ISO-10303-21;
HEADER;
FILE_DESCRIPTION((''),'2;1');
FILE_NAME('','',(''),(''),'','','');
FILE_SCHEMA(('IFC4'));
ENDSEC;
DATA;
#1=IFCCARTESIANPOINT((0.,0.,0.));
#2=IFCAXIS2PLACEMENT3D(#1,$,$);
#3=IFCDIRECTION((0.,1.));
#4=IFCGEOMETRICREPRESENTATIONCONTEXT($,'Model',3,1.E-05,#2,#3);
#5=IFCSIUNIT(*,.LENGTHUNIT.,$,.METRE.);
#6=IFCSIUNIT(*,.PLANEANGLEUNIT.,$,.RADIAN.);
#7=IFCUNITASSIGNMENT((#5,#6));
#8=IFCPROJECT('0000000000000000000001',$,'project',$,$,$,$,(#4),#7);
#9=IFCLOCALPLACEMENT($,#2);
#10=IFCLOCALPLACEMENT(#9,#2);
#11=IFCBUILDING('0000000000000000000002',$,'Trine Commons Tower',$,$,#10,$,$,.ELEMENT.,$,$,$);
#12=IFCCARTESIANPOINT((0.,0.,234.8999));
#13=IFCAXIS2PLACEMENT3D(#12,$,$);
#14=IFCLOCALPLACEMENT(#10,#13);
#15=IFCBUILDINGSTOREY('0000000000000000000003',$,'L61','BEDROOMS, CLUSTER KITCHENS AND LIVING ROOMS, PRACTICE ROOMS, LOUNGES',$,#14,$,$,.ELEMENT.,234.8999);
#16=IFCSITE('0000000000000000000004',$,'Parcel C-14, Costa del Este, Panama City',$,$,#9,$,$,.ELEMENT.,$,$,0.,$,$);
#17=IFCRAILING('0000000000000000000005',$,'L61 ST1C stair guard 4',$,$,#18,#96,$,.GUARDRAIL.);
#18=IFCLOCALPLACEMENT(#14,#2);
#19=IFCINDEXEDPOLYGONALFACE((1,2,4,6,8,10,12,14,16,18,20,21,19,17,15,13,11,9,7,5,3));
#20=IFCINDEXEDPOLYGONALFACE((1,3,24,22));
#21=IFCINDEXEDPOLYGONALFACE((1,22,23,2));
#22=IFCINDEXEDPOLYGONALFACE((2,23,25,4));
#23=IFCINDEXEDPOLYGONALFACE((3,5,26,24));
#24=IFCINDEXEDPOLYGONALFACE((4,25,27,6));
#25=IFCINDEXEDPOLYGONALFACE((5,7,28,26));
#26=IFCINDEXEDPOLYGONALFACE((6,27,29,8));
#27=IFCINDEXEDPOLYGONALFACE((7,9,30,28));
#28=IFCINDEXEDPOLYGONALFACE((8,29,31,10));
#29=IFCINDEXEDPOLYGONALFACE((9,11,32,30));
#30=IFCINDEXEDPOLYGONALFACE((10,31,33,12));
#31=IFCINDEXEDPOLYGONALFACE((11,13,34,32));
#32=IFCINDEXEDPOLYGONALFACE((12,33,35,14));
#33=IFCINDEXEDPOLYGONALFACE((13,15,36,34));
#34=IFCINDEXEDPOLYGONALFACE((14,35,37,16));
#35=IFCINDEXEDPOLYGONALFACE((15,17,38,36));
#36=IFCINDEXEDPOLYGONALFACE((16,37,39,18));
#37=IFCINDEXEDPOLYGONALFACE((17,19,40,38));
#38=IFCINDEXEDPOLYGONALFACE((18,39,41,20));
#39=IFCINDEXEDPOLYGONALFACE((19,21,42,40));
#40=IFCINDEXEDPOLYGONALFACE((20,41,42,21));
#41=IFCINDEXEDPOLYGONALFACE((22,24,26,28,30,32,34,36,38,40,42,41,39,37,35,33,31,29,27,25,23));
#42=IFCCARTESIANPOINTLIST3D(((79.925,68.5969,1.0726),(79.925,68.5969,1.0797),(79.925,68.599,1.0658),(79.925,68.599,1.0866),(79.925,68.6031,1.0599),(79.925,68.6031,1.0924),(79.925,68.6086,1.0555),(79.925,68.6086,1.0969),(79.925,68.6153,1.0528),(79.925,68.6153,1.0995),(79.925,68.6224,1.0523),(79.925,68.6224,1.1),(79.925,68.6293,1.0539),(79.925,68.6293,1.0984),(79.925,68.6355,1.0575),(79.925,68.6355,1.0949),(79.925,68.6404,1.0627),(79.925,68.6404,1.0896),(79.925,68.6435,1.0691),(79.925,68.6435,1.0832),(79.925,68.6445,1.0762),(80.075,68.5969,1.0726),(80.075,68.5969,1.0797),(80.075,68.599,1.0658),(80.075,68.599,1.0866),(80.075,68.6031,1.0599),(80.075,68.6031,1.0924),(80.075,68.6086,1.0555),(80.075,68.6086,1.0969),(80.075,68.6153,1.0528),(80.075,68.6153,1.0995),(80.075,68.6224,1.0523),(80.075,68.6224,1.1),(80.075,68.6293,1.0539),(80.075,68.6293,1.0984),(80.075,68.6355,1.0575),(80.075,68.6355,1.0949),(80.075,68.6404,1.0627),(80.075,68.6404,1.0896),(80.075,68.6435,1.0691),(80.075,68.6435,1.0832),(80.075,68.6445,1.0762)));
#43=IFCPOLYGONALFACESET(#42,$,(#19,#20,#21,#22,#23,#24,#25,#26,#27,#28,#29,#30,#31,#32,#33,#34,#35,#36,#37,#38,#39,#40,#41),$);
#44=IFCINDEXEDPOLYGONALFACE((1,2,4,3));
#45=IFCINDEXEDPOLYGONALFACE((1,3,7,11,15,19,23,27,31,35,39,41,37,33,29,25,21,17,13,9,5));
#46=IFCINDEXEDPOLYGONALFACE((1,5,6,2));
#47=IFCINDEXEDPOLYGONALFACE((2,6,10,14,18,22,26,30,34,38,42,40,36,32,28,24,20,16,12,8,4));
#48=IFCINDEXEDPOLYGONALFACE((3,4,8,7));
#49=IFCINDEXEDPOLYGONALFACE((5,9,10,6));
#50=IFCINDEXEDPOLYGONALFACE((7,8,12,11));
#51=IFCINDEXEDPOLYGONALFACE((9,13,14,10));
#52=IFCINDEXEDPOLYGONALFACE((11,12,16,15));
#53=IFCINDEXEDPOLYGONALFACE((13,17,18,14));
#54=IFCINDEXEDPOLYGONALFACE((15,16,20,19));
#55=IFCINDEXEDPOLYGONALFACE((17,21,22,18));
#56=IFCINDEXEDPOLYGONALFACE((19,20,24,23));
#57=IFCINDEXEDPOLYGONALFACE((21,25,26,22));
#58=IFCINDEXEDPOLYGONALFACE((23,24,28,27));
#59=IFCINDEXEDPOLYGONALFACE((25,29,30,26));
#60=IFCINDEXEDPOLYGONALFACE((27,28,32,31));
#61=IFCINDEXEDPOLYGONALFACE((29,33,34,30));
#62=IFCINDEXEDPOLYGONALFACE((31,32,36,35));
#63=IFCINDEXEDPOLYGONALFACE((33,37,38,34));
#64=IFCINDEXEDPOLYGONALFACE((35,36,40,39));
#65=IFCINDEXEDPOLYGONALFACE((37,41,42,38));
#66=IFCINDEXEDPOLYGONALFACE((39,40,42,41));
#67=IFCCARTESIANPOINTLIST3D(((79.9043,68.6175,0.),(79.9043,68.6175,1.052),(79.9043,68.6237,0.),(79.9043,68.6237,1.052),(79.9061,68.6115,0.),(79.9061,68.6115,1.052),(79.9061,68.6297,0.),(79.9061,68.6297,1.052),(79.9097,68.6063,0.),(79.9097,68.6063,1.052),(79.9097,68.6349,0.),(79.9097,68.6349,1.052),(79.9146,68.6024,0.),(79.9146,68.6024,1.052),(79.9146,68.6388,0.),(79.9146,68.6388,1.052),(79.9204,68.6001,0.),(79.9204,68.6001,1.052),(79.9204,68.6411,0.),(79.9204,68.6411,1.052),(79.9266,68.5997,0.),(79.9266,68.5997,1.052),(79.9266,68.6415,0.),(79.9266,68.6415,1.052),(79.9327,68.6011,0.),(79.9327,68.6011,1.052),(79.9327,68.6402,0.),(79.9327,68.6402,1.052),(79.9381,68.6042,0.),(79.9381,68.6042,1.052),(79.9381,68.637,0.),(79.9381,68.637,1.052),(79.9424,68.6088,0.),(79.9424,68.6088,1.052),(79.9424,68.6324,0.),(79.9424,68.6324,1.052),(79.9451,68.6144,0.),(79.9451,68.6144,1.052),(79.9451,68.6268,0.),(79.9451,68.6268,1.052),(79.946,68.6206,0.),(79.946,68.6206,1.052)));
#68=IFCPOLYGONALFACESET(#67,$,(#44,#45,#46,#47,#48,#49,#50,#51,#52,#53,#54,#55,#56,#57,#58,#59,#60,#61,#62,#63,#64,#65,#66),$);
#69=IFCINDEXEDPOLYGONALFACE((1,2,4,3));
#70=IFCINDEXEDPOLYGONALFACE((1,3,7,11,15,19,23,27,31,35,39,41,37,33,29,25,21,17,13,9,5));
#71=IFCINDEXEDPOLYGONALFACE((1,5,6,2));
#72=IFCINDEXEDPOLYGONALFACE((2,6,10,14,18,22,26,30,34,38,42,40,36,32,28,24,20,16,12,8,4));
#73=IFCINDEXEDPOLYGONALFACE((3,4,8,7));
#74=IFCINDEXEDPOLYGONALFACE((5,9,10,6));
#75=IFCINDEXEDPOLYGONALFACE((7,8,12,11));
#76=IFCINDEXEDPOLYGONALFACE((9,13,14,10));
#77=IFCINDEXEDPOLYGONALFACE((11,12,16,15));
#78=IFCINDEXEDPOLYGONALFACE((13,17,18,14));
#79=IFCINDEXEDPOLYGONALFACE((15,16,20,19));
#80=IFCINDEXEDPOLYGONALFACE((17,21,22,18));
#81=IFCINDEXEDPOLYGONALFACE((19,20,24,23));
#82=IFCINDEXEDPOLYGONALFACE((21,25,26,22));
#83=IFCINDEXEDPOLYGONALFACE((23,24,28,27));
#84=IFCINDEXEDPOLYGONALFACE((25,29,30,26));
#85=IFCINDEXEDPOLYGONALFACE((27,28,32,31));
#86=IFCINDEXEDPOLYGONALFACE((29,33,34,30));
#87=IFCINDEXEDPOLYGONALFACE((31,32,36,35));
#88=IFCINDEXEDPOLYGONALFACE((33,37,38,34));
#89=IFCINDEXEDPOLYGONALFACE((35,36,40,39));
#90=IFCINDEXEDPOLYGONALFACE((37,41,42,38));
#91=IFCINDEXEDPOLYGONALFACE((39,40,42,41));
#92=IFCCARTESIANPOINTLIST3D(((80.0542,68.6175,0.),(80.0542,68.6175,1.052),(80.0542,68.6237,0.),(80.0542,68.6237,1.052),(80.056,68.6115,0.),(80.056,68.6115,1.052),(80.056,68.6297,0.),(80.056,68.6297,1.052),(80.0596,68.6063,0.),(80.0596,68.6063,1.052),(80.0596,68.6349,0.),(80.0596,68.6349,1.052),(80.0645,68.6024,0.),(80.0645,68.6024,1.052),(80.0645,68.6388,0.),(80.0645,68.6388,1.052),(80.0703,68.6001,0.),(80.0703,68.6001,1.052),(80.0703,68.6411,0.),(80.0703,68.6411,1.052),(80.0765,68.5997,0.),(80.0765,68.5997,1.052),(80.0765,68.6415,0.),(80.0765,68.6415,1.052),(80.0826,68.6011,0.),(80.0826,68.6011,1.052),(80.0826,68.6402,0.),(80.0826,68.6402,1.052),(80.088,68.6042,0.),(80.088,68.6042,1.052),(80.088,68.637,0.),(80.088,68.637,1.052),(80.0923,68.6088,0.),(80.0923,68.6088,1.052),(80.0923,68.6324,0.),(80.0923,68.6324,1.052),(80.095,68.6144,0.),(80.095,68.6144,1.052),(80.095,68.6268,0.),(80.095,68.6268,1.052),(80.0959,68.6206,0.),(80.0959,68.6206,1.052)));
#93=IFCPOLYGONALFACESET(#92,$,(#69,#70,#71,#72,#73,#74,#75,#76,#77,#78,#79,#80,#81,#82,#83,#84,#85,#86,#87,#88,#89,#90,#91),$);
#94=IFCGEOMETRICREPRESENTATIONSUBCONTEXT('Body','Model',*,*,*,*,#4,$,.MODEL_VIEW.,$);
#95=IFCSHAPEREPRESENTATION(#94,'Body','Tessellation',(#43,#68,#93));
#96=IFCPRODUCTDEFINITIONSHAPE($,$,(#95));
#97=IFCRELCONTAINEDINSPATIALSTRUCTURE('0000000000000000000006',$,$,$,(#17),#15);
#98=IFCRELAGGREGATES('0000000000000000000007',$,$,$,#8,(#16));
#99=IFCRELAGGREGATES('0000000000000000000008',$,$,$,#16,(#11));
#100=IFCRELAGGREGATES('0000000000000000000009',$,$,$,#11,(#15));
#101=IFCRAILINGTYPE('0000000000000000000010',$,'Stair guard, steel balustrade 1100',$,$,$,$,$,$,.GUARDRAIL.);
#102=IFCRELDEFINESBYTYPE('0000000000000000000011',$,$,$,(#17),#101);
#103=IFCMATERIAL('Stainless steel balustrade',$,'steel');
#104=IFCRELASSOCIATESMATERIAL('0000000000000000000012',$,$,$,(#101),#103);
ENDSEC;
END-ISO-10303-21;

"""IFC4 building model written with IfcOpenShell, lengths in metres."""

from ifc_helpers import new_model, si_unit, direction, frame, origin, origin_2d, place, context, subcontext, project, spatial, circle, extrude, material, type_object, element, save


model = new_model("IFC4")

# Units and contexts
model_context = context("Model", 3, precision=1e-05, world=origin(), true_north=direction((0.0, 1.0)))
body_context = subcontext(model_context, "Body", "Model", "MODEL_VIEW")
ifc_project = project(units=[si_unit("LENGTHUNIT", "METRE"), si_unit("PLANEANGLEUNIT", "RADIAN")], contexts=[model_context])

# Site, building, storey
site_placement = place(None, origin())
site = spatial("IfcSite", under=ifc_project, at=site_placement, Name="Parcel C-14, Costa del Este, Panama City", CompositionType="ELEMENT", RefElevation=0.0)
building_placement = place(site_placement, origin())
building = spatial("IfcBuilding", under=site, at=building_placement, Name="Trine Commons Tower", CompositionType="ELEMENT")
storey_placement = place(building_placement, frame((0.0, 0.0, 234.8999)))
storey = spatial("IfcBuildingStorey", under=building, at=storey_placement, Name="L61", Description="BEDROOMS, CLUSTER KITCHENS AND LIVING ROOMS, PRACTICE ROOMS, LOUNGES", CompositionType="ELEMENT", Elevation=234.8999)

# Railing
ifc_material_1 = material(Name="Stainless steel balustrade", Category="steel")
railing_type_1 = type_object("IfcRailingType", Name="Stair guard, steel balustrade 1100", PredefinedType="GUARDRAIL", material=ifc_material_1)
railing_1_placement = place(storey_placement, frame((79.925, 68.6206, 0.0)))
element("IfcRailing", 1, at=railing_1_placement, inside=storey, type_object=railing_type_1, Name="L61 ST1C stair guard 4", PredefinedType="GUARDRAIL", context=body_context, shape_type="SweptSolid", body=[
    extrude(circle(Radius=0.0239, at=origin_2d()), frame((0.0, 0.0, 1.0762), z_axis=(1.0, 0.0, 0.0), x_axis=(0.0, 1.0, 0.0)), (0.0, 0.0, 1.0), 0.1499),
    extrude(circle(Radius=0.021, at=origin_2d()), origin(), (0.0, 0.0, 1.0), 1.052),
    extrude(circle(Radius=0.021, at=origin_2d()), frame((0.1499, 0.0, 0.0)), (0.0, 0.0, 1.0), 1.052),
])

save(model, "model.ifc")
